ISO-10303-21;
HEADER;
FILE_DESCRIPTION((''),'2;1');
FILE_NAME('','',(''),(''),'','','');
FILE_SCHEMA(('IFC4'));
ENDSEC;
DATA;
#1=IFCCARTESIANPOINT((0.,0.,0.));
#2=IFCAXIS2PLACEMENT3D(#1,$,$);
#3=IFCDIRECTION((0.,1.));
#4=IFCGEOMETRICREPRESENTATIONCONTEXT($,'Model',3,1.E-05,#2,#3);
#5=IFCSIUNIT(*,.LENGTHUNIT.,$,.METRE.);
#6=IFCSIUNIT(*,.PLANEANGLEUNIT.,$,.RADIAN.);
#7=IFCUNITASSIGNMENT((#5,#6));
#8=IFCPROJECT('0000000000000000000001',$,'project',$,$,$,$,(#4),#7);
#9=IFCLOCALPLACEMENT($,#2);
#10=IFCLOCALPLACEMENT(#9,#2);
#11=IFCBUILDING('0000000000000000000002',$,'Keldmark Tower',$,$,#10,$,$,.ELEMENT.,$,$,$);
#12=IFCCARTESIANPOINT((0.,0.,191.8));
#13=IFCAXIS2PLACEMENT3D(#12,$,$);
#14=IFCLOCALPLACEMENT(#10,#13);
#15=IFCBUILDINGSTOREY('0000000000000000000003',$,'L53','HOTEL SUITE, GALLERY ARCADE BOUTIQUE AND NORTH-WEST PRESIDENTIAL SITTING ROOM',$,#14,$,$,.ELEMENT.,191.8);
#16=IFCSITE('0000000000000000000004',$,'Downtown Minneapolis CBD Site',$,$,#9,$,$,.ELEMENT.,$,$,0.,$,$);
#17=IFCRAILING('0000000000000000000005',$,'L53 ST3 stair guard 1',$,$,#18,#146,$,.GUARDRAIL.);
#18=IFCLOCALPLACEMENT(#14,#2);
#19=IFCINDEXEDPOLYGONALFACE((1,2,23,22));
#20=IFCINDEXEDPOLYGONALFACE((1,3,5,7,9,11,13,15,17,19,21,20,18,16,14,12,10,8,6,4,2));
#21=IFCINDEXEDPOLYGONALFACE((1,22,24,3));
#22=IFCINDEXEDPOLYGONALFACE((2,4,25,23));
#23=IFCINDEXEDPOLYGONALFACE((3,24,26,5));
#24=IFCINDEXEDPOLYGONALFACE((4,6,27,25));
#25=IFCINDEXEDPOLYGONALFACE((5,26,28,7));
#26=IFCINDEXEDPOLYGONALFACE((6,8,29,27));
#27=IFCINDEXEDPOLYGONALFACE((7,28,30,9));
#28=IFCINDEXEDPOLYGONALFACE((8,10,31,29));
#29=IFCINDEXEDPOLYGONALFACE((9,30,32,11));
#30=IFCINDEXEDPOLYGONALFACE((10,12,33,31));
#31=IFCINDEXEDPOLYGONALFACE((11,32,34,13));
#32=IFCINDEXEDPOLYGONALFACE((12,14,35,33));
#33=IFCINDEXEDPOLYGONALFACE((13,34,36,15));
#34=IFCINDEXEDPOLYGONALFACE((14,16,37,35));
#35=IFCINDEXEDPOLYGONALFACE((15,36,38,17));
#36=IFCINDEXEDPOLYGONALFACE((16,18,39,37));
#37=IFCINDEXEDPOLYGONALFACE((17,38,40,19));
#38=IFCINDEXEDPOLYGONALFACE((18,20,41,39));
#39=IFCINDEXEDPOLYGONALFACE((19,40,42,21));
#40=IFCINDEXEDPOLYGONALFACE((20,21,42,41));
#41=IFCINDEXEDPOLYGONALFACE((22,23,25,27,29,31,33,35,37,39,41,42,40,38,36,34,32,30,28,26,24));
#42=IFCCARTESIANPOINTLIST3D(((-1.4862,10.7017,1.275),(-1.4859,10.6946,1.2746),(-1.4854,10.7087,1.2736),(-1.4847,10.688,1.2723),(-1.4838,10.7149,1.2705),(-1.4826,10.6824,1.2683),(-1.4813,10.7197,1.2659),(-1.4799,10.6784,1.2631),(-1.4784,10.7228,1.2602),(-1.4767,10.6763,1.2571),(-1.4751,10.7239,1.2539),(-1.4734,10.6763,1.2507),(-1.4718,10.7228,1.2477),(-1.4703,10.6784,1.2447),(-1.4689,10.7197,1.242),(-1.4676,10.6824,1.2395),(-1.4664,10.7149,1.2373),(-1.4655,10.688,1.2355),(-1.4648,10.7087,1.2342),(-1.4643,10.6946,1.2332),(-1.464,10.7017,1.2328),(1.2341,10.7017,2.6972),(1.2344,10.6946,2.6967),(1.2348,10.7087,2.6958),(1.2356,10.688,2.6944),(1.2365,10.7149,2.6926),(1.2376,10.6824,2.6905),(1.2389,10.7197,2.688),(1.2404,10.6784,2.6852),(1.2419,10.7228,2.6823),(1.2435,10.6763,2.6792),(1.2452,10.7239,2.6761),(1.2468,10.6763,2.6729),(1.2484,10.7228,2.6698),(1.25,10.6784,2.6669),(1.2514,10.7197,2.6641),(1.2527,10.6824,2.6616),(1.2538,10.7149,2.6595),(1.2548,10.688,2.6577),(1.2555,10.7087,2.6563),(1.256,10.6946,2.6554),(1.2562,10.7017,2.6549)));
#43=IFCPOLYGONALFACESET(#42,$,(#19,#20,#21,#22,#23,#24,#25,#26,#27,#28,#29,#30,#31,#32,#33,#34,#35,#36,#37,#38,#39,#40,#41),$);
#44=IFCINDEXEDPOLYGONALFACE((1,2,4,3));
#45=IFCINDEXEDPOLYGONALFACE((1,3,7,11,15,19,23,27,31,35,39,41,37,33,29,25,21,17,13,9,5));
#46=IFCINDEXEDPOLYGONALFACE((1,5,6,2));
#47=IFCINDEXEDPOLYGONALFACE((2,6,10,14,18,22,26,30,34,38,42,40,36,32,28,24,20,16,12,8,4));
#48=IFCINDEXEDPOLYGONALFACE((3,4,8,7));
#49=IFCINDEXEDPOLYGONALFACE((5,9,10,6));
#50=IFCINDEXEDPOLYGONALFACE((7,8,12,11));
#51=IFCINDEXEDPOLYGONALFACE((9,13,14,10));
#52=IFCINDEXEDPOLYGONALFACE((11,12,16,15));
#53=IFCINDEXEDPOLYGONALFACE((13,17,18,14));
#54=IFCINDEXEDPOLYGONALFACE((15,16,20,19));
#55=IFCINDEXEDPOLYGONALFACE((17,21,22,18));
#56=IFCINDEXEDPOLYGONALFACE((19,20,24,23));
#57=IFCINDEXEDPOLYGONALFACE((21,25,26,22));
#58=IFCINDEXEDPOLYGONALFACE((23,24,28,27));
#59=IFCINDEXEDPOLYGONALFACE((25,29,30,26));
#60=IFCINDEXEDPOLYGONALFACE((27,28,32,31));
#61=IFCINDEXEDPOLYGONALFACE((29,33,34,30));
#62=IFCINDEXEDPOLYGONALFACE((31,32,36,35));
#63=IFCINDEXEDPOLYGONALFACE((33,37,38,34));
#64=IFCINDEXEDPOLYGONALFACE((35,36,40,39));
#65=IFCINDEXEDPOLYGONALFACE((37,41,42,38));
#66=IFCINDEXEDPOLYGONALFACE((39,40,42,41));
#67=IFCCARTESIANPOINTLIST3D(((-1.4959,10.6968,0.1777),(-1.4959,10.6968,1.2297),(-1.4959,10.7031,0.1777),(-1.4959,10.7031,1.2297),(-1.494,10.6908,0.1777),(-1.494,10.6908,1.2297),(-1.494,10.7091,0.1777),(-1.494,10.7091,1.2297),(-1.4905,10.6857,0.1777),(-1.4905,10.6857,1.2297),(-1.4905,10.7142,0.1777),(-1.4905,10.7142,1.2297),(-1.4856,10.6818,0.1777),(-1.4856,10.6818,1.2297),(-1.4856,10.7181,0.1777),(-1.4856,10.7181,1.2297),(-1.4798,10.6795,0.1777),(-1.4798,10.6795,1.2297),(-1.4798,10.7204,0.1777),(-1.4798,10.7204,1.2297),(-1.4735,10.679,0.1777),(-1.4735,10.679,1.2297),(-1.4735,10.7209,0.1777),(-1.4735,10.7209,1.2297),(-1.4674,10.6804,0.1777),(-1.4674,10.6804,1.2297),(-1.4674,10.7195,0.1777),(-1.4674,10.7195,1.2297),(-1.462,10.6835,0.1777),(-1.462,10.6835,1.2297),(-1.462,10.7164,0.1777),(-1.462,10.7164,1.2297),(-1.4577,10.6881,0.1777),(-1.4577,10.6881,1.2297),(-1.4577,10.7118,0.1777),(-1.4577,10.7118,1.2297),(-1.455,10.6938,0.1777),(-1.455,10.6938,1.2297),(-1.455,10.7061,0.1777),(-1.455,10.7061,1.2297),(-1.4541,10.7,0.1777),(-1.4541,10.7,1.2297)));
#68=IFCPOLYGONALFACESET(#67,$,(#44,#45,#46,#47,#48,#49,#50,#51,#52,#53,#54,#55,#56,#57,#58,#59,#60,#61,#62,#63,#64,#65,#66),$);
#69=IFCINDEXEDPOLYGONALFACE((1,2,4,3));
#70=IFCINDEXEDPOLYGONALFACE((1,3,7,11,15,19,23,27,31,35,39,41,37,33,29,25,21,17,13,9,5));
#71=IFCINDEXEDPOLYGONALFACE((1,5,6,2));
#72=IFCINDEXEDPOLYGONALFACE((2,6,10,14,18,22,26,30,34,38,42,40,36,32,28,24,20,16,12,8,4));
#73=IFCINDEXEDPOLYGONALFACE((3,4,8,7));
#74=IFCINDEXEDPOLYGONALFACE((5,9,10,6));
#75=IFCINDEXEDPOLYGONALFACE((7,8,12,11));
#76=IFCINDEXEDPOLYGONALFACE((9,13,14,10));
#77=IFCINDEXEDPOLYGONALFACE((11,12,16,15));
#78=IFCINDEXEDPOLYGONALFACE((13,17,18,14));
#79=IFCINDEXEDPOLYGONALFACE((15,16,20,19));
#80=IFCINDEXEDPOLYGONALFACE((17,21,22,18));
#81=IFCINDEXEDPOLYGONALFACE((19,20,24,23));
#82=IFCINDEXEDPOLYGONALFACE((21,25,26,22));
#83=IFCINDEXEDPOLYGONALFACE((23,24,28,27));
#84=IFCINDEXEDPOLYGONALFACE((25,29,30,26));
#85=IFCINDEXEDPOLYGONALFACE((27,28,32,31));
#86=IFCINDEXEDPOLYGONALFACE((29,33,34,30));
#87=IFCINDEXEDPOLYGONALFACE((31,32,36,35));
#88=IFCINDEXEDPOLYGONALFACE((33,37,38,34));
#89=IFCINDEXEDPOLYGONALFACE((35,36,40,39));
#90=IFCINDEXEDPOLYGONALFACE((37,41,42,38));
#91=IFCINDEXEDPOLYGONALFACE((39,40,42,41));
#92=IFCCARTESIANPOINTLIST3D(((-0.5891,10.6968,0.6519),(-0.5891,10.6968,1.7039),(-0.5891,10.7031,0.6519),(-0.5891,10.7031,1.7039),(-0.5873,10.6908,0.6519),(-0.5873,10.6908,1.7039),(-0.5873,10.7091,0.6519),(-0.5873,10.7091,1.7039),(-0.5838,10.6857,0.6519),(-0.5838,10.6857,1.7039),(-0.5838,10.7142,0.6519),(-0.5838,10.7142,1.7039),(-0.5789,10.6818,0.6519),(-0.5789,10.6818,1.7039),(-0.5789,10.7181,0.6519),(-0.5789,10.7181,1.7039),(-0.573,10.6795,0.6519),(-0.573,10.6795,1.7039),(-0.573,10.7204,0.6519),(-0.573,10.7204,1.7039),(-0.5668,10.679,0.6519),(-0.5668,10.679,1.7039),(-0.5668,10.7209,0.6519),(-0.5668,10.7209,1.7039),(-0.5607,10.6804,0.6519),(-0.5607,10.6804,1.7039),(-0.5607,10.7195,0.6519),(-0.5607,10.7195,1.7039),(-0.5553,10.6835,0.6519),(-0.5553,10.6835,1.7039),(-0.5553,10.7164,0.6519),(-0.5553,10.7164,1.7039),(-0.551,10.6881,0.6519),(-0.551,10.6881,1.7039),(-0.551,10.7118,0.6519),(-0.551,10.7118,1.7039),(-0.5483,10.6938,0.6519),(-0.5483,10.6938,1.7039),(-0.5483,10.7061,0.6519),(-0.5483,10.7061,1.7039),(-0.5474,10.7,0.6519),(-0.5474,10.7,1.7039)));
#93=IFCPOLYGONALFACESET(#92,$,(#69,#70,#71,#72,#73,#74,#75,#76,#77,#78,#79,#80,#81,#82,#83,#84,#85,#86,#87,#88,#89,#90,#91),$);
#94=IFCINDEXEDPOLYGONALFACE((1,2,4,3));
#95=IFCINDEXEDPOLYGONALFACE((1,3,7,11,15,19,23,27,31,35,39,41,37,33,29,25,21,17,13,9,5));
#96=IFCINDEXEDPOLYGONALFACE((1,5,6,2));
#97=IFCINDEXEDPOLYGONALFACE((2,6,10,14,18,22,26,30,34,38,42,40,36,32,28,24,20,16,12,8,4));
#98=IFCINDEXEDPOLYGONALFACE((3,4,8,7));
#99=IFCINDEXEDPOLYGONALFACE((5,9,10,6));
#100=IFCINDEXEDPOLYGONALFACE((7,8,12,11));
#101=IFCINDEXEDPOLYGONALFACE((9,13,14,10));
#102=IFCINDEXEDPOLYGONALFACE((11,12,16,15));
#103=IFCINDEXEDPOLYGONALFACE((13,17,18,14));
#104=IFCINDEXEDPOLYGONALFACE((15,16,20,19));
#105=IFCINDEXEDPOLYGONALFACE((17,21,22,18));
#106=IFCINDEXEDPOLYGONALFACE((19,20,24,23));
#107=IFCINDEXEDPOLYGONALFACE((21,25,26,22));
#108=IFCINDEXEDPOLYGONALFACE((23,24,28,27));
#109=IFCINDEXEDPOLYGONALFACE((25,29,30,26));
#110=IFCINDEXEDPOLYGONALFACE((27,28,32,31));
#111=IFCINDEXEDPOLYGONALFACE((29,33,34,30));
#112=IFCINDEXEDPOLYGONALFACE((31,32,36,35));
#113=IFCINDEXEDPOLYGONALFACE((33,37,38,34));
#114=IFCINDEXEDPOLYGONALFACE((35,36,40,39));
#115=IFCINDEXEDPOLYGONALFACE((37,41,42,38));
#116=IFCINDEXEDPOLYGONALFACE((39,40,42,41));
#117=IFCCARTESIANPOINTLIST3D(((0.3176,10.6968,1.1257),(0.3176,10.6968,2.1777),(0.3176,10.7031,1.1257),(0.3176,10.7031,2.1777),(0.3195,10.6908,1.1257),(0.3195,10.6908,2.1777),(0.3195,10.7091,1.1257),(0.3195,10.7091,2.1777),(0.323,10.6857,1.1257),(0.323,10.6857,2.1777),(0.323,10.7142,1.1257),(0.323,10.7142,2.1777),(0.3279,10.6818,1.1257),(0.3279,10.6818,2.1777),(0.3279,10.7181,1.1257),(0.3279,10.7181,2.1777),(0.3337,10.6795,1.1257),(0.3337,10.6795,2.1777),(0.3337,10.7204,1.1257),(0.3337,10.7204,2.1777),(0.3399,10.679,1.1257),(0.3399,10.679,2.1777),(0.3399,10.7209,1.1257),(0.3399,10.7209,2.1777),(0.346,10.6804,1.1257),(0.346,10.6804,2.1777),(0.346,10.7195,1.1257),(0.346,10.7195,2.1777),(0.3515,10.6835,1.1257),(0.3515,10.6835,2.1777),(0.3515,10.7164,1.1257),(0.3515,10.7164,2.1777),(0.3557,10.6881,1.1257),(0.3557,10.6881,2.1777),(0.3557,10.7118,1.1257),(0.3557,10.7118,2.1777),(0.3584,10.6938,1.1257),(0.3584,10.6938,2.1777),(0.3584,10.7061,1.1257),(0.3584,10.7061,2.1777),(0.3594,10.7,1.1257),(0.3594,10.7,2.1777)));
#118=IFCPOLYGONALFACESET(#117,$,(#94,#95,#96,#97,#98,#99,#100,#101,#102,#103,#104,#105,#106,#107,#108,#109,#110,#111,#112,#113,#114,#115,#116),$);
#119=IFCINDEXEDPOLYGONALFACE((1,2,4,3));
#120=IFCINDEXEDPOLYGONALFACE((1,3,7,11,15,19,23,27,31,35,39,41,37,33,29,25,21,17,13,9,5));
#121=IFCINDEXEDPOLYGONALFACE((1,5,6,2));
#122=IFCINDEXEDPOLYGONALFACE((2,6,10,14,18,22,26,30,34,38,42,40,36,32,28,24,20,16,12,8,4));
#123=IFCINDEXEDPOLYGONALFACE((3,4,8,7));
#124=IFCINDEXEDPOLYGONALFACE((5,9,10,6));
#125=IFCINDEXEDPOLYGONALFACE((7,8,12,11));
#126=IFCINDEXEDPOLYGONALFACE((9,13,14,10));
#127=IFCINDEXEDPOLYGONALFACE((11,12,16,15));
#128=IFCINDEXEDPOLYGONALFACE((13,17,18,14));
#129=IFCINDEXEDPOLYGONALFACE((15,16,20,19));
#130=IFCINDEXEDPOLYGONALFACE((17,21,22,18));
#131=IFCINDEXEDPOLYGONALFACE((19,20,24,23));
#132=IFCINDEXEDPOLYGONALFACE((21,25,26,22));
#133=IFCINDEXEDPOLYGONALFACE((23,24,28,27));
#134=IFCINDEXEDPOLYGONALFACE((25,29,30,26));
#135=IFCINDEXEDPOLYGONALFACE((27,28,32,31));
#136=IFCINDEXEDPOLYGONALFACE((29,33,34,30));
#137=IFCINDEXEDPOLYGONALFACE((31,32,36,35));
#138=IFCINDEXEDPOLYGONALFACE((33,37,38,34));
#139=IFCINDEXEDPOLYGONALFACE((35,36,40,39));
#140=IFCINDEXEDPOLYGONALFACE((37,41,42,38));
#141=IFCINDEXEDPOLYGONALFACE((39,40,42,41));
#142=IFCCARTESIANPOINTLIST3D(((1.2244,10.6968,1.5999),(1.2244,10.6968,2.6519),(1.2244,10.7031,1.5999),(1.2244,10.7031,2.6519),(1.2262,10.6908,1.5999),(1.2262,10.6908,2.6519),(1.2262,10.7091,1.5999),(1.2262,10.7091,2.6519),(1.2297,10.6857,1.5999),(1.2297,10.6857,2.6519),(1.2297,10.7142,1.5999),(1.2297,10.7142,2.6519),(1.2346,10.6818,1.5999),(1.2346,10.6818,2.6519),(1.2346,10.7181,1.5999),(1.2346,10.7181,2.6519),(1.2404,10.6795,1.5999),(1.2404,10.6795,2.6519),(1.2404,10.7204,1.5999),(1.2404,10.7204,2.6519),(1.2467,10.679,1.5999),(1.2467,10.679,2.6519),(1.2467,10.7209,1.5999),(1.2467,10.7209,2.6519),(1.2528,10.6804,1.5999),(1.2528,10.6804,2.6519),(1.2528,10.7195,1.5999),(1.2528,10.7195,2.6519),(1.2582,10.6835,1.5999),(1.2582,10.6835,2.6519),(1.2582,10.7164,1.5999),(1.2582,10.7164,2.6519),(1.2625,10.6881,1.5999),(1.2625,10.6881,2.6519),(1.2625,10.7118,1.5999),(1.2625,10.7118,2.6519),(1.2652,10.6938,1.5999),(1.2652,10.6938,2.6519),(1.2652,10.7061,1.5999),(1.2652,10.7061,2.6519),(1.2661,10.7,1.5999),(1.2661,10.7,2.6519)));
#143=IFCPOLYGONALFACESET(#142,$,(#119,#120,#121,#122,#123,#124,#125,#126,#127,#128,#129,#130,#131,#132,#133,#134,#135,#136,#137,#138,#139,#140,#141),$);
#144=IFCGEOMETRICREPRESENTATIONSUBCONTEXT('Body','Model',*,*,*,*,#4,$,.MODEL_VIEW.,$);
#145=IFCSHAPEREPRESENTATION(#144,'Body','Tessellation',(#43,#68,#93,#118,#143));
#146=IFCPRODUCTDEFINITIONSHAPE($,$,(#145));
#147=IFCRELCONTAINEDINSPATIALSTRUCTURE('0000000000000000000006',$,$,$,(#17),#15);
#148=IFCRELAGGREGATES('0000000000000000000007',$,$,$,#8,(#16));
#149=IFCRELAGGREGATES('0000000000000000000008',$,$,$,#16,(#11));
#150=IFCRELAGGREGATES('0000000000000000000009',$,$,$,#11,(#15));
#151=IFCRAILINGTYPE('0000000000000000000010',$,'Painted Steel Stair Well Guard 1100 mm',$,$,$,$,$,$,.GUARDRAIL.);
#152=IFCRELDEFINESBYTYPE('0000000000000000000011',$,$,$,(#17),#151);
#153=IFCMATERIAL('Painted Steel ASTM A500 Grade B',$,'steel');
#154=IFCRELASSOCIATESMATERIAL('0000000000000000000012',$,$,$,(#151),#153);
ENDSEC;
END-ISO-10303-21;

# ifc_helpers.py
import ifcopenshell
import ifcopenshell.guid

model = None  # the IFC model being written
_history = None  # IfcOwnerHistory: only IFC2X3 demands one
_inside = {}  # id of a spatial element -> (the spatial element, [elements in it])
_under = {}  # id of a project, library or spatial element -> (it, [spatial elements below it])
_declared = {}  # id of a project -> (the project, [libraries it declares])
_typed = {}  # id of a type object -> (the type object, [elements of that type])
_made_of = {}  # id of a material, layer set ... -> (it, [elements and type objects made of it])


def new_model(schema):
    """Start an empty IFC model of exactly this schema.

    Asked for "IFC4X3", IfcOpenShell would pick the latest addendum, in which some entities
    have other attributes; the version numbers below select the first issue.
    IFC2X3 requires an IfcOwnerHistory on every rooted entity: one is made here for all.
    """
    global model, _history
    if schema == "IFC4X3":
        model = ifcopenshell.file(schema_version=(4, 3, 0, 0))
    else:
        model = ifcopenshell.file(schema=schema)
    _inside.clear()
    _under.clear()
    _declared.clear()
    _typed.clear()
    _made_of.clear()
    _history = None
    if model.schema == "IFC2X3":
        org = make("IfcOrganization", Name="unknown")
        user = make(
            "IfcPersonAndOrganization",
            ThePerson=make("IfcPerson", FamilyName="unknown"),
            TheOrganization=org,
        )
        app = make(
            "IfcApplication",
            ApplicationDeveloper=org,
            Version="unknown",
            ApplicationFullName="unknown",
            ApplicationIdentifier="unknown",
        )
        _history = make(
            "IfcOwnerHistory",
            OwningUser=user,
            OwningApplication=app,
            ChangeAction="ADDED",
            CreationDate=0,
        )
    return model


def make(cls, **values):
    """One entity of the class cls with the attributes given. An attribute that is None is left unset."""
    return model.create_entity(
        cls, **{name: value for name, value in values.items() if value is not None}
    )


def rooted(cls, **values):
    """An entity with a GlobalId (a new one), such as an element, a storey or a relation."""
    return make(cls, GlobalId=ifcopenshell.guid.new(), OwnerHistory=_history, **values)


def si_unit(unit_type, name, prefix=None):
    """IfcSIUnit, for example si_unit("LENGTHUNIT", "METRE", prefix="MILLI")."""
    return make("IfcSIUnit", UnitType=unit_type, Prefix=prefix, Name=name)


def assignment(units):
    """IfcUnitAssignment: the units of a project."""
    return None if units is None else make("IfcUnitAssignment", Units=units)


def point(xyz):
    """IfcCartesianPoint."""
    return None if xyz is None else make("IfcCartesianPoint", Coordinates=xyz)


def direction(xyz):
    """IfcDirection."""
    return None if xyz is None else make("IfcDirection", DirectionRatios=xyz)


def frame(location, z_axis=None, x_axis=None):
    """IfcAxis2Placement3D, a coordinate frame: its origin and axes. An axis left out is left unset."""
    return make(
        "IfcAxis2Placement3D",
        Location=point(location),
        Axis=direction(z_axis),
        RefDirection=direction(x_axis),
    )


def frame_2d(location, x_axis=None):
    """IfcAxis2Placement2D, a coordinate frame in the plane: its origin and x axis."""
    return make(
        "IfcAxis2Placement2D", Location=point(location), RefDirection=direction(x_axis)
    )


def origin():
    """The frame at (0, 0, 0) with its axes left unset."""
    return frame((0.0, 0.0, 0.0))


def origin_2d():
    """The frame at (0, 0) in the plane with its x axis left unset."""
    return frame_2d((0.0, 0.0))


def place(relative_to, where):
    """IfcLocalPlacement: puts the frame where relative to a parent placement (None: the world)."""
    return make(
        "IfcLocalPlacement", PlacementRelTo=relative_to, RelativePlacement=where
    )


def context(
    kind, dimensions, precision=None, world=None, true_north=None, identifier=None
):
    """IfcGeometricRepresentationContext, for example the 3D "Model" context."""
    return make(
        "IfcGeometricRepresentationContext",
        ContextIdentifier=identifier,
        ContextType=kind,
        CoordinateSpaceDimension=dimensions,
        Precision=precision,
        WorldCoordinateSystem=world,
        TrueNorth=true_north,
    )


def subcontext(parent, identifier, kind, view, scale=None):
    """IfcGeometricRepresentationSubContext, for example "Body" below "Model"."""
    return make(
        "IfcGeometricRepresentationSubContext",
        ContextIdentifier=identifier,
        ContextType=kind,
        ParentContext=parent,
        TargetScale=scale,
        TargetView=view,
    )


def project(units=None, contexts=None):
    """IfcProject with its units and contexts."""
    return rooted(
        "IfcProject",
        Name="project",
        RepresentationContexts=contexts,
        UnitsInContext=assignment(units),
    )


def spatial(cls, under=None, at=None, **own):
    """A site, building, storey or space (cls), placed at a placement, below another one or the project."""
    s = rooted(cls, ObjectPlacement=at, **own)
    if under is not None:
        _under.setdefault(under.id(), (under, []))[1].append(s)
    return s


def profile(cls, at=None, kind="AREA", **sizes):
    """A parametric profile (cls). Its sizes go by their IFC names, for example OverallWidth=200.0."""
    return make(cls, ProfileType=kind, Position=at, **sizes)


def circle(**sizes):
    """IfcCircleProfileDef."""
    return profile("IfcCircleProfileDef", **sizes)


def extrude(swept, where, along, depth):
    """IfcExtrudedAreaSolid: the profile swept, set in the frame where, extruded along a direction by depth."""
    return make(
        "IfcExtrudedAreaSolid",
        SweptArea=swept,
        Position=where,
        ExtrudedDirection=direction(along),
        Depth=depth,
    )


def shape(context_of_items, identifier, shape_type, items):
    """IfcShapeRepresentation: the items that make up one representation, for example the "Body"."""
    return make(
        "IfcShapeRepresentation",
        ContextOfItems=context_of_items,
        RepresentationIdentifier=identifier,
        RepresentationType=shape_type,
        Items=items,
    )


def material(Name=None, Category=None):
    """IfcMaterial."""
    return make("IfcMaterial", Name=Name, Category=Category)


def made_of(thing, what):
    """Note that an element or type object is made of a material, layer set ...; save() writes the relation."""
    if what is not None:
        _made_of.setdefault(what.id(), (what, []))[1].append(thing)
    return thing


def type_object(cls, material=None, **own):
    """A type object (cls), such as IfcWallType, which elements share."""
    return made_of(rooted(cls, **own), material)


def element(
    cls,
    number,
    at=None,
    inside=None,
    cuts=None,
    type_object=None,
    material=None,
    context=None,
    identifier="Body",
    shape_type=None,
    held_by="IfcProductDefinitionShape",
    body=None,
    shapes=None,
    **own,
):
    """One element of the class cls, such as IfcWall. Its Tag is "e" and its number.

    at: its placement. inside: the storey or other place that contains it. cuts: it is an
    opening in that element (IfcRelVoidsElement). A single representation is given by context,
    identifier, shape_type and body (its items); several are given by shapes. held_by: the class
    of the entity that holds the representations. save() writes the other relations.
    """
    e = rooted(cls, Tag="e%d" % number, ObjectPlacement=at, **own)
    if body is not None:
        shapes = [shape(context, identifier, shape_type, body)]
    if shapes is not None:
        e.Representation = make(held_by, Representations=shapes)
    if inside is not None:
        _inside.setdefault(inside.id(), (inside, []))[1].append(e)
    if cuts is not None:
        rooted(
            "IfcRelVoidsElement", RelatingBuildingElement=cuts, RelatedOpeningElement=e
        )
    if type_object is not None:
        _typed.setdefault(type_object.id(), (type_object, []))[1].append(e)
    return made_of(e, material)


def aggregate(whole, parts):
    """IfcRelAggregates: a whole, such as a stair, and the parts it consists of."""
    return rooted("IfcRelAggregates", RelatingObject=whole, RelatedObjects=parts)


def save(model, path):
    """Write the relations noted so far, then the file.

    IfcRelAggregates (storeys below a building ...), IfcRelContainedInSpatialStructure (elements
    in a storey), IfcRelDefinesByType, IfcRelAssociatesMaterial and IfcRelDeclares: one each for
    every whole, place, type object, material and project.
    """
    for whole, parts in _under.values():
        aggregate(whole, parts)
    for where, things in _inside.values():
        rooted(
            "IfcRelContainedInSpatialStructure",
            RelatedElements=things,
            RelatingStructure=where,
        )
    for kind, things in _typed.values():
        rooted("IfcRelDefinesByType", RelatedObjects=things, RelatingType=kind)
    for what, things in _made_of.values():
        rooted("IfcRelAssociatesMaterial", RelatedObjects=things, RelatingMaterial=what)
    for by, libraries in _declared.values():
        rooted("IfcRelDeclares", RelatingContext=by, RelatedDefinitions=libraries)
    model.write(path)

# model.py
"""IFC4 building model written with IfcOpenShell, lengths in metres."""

from ifc_helpers import new_model, si_unit, direction, frame, origin, origin_2d, place, context, subcontext, project, spatial, circle, extrude, material, type_object, element, save


model = new_model("IFC4")

# Units and contexts
model_context = context("Model", 3, precision=1e-05, world=origin(), true_north=direction((0.0, 1.0)))
body_context = subcontext(model_context, "Body", "Model", "MODEL_VIEW")
ifc_project = project(units=[si_unit("LENGTHUNIT", "METRE"), si_unit("PLANEANGLEUNIT", "RADIAN")], contexts=[model_context])

# Site, building, storey
site_placement = place(None, origin())
site = spatial("IfcSite", under=ifc_project, at=site_placement, Name="Downtown Minneapolis CBD Site", CompositionType="ELEMENT", RefElevation=0.0)
building_placement = place(site_placement, origin())
building = spatial("IfcBuilding", under=site, at=building_placement, Name="Keldmark Tower", CompositionType="ELEMENT")
storey_placement = place(building_placement, frame((0.0, 0.0, 191.8)))
storey = spatial("IfcBuildingStorey", under=building, at=storey_placement, Name="L53", Description="HOTEL SUITE, GALLERY ARCADE BOUTIQUE AND NORTH-WEST PRESIDENTIAL SITTING ROOM", CompositionType="ELEMENT", Elevation=191.8)

# Railing
ifc_material_1 = material(Name="Painted Steel ASTM A500 Grade B", Category="steel")
railing_type_1 = type_object("IfcRailingType", Name="Painted Steel Stair Well Guard 1100 mm", PredefinedType="GUARDRAIL", material=ifc_material_1)
railing_1_placement = place(storey_placement, frame((-1.4751, 10.7, 0.1777)))
element("IfcRailing", 1, at=railing_1_placement, inside=storey, type_object=railing_type_1, Name="L53 ST3 stair guard 1", PredefinedType="GUARDRAIL", context=body_context, shape_type="SweptSolid", body=[
    extrude(circle(Radius=0.0239, at=origin_2d()), frame((0.0, 0.0, 1.0762), z_axis=(0.8862, 0.0, 0.463302), x_axis=(0.0, 1.0, 0.0)), (0.0, 0.0, 1.0), 3.0696),
    extrude(circle(Radius=0.021, at=origin_2d()), origin(), (0.0, 0.0, 1.0), 1.052),
    extrude(circle(Radius=0.021, at=origin_2d()), frame((0.9067, 0.0, 0.4741)), (0.0, 0.0, 1.0), 1.052),
    extrude(circle(Radius=0.021, at=origin_2d()), frame((1.8135, 0.0, 0.948)), (0.0, 0.0, 1.0), 1.052),
    extrude(circle(Radius=0.021, at=origin_2d()), frame((2.7202, 0.0, 1.4221)), (0.0, 0.0, 1.0), 1.052),
])

save(model, "model.ifc")
